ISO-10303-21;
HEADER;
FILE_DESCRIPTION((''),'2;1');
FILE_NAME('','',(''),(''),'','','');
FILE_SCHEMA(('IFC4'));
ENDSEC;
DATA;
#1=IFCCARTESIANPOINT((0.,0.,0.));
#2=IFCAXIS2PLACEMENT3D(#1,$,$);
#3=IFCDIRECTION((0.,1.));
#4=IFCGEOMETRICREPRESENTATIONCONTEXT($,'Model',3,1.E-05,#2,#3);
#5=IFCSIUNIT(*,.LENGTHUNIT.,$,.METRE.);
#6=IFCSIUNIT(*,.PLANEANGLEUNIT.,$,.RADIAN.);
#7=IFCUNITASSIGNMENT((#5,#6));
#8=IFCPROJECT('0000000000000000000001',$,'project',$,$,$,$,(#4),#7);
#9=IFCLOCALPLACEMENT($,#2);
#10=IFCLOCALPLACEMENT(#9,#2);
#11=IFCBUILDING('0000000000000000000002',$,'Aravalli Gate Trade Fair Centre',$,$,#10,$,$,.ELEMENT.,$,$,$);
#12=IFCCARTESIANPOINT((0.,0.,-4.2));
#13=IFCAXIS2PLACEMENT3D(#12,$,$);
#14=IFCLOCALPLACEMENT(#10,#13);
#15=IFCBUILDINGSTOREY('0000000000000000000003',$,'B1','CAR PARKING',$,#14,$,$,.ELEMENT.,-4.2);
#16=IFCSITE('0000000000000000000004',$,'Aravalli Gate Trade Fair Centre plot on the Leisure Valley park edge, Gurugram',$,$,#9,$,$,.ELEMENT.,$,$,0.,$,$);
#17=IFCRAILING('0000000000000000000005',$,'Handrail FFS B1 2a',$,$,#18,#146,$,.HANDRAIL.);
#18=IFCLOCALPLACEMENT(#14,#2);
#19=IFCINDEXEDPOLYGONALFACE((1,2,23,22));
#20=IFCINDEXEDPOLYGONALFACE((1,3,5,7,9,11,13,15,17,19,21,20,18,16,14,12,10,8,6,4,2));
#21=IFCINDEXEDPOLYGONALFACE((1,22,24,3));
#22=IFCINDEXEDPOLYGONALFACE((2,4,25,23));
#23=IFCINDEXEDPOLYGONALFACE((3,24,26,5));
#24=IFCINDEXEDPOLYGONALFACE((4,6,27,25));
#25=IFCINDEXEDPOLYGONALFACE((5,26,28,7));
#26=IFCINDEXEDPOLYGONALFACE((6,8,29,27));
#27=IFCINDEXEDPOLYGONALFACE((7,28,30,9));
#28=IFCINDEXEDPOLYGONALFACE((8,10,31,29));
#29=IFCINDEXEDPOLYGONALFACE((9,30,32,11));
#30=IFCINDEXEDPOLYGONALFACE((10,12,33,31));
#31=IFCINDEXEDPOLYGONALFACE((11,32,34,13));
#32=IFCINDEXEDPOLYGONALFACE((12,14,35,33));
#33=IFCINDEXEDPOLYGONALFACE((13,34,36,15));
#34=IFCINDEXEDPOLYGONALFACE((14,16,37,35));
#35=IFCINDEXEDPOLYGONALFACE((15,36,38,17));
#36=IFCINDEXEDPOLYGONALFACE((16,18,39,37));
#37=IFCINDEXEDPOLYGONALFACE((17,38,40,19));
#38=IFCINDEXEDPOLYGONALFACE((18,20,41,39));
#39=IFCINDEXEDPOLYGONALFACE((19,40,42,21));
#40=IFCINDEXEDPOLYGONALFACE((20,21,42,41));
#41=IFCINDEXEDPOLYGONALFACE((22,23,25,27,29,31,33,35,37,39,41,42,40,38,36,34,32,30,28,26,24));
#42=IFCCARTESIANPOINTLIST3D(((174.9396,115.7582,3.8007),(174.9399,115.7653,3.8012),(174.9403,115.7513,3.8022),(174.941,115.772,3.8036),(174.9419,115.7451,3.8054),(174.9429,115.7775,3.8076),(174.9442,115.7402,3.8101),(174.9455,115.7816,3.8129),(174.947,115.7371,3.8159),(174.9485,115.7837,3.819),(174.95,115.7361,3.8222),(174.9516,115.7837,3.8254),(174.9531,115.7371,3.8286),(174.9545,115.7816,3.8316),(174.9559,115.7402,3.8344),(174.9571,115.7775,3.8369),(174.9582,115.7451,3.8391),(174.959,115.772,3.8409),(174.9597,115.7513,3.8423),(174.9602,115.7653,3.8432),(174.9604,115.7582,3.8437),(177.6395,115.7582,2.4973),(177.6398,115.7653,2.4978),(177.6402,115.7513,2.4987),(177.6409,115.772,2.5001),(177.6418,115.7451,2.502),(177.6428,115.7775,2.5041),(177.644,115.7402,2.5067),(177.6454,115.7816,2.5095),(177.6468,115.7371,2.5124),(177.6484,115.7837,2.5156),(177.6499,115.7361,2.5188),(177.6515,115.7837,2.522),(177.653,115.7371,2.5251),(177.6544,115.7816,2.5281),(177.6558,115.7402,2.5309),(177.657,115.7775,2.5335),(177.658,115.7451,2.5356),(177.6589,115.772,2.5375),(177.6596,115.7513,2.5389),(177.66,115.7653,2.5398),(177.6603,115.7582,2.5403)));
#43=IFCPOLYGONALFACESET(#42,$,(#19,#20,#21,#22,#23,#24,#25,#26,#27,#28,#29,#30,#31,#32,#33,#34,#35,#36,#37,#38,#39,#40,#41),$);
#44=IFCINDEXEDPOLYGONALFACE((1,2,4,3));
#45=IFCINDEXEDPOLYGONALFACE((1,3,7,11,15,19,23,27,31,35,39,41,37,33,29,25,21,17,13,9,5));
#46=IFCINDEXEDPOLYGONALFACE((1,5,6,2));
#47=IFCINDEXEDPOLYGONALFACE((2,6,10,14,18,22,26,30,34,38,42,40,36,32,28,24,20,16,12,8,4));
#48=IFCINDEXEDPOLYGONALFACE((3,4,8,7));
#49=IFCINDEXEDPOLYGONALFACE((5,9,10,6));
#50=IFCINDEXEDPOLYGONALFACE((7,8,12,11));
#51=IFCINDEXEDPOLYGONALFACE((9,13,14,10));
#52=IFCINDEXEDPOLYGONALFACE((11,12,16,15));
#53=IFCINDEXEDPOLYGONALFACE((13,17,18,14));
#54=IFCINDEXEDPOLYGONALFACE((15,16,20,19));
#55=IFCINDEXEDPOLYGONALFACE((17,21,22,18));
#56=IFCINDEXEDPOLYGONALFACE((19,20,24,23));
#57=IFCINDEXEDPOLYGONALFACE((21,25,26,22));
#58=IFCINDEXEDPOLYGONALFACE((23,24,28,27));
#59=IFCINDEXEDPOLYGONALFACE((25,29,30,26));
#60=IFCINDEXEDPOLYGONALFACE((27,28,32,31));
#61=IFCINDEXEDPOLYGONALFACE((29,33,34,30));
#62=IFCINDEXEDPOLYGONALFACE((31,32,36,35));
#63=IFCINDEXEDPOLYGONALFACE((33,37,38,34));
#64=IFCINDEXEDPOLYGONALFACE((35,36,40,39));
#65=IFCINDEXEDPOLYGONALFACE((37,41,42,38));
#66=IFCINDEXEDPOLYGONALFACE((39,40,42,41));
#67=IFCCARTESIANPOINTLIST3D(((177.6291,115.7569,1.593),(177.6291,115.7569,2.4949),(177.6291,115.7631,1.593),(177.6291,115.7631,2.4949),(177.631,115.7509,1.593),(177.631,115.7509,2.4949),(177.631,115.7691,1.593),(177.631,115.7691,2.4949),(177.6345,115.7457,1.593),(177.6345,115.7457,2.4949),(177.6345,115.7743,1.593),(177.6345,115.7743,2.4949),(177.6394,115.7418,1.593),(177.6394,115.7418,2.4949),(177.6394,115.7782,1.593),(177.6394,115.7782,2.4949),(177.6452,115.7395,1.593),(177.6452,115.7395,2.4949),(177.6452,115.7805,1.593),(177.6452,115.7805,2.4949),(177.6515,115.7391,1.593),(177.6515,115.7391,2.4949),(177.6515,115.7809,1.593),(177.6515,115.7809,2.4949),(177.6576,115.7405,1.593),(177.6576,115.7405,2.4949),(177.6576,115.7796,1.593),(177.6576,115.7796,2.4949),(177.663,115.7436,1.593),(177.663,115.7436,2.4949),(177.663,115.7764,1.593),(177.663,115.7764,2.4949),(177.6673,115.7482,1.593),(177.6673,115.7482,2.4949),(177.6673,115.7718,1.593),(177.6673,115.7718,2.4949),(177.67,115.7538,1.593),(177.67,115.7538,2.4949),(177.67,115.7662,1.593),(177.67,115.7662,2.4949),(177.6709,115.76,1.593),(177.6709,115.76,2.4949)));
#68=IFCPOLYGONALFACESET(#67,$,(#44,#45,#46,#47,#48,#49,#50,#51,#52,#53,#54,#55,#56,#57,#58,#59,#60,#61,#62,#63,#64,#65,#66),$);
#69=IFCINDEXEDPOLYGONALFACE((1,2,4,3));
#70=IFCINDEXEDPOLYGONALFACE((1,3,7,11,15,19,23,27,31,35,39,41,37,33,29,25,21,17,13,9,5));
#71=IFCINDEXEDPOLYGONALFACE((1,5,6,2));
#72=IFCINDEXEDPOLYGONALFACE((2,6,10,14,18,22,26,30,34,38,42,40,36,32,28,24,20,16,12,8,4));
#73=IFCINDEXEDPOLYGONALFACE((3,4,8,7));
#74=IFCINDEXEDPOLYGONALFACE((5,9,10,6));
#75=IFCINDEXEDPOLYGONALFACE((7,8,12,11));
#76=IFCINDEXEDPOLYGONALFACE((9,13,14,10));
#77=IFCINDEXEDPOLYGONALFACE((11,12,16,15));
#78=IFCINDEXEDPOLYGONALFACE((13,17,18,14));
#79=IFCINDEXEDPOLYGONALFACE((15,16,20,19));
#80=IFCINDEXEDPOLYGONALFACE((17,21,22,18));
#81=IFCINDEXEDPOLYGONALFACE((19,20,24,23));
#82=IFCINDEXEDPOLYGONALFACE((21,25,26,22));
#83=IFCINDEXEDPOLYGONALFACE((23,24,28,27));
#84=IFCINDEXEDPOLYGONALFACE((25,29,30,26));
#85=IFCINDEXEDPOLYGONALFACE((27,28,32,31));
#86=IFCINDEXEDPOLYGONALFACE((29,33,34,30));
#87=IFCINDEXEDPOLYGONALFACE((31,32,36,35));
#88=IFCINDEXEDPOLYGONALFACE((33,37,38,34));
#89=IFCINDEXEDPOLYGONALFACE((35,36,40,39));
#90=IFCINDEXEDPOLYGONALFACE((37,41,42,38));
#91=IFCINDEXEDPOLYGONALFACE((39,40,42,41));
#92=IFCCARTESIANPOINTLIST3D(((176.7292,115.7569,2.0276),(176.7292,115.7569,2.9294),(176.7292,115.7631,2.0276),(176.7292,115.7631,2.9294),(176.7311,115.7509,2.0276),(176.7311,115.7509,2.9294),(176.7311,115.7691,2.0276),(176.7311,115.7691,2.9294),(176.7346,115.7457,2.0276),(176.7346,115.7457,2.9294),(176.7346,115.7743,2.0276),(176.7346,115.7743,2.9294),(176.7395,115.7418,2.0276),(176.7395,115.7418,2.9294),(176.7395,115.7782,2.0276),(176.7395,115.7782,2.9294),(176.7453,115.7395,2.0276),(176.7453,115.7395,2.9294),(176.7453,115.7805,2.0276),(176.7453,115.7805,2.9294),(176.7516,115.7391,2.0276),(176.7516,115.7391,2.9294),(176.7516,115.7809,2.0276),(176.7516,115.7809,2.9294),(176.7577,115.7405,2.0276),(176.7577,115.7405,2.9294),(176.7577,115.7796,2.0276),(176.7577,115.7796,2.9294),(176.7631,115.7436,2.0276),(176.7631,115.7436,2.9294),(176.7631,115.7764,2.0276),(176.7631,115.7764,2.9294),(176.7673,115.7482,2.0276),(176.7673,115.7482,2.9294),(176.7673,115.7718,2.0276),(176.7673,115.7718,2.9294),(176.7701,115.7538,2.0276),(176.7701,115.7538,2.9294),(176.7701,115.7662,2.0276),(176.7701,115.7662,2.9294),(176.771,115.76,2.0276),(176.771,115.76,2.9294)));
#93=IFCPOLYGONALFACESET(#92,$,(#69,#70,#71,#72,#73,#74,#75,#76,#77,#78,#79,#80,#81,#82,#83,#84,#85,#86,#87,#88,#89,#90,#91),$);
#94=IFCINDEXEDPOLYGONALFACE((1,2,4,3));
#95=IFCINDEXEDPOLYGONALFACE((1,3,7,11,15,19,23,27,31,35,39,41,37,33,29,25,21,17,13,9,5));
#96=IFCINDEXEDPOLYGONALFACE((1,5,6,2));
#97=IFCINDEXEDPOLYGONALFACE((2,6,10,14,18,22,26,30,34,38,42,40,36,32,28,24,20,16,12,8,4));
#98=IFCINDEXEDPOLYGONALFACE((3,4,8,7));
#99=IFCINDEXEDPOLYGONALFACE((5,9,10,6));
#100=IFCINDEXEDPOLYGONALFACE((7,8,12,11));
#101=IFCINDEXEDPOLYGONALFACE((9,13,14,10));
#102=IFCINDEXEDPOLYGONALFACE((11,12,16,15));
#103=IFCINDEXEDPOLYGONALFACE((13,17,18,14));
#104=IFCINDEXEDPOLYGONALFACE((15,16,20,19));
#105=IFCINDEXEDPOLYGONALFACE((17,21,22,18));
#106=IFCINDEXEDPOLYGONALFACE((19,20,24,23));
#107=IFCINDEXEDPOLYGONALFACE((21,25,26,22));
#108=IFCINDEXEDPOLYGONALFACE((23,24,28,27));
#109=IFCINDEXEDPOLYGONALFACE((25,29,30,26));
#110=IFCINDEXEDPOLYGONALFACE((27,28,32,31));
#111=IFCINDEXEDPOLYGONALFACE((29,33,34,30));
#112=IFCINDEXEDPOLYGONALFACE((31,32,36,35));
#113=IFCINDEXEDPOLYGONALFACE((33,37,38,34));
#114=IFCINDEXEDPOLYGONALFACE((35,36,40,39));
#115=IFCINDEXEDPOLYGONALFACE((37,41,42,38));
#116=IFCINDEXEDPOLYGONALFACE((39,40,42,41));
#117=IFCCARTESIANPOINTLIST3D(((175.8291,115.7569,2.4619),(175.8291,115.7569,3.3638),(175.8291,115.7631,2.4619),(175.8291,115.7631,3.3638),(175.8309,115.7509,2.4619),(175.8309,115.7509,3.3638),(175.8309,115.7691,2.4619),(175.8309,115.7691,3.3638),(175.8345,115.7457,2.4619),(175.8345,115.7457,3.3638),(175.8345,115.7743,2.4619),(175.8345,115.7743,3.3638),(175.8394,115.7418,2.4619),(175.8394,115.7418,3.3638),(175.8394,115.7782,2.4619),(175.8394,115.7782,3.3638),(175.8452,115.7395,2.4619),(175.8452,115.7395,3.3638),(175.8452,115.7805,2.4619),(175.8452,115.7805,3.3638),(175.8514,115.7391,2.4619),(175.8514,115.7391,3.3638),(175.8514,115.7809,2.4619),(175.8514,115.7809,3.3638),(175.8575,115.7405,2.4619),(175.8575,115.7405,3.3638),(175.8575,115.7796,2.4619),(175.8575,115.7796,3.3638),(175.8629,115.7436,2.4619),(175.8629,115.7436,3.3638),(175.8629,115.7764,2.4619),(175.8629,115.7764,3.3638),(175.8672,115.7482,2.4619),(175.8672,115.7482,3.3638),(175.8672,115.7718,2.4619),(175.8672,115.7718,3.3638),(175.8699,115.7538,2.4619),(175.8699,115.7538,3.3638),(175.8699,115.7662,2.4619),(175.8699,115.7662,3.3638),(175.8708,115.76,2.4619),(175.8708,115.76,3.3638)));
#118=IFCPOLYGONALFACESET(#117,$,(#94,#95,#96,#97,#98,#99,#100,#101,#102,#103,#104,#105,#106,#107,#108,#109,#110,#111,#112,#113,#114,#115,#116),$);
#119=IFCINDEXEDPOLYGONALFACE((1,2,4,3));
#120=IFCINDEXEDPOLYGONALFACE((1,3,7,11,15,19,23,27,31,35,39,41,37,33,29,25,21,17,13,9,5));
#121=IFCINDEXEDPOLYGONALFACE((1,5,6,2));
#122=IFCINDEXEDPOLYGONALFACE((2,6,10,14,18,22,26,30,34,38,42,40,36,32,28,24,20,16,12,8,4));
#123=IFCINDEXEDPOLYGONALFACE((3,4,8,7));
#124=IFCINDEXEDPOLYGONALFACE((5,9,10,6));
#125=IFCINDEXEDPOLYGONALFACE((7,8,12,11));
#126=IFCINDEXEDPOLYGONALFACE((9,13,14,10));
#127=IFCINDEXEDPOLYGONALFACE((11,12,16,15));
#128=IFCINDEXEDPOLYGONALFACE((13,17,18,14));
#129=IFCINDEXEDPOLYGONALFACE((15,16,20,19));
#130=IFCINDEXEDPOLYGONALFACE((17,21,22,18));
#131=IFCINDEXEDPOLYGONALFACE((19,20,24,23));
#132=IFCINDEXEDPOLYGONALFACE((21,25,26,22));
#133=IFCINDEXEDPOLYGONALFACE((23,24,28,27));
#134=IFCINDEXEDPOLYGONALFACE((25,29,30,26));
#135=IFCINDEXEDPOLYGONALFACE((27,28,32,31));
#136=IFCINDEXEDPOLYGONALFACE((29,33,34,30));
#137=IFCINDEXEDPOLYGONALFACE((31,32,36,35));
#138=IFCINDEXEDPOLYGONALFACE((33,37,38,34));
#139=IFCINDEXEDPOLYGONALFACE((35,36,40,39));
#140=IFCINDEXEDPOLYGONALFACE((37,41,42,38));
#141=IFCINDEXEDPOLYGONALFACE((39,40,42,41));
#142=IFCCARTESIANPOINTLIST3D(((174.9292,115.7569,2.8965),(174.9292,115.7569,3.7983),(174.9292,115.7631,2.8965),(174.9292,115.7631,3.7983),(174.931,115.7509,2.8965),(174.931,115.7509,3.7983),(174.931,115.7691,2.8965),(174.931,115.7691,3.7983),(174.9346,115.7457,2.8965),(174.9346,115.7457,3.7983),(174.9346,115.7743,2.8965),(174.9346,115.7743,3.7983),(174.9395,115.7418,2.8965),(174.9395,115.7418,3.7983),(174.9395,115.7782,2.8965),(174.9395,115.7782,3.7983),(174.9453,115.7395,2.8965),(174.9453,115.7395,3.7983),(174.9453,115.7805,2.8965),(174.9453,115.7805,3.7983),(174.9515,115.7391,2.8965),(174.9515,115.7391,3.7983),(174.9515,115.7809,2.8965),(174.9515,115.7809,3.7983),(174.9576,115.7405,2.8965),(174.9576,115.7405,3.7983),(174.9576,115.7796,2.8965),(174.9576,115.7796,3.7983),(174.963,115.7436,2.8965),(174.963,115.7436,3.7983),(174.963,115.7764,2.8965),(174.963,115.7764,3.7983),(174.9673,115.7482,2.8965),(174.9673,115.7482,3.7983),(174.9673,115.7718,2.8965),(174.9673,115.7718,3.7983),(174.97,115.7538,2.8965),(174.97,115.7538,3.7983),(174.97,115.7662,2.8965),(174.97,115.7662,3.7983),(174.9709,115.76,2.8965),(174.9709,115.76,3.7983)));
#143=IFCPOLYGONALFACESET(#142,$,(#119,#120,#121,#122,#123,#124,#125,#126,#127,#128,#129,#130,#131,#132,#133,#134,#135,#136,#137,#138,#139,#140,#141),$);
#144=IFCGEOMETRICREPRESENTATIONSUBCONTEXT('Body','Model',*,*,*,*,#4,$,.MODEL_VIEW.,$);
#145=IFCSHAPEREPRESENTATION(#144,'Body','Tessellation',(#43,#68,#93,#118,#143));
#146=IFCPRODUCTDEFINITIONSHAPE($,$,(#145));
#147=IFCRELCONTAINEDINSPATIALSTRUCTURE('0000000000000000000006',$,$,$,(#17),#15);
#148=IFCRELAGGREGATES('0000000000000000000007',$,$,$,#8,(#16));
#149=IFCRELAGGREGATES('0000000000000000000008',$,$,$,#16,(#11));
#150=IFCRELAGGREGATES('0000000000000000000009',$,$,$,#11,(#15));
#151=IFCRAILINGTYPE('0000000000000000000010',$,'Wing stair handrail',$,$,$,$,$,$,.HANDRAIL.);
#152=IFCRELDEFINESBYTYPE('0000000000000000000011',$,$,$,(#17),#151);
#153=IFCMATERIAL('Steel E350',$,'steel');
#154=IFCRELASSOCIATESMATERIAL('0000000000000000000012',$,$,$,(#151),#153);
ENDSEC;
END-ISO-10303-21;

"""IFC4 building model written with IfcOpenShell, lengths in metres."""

from ifc_helpers import new_model, si_unit, direction, frame, origin, origin_2d, place, context, subcontext, project, spatial, circle, extrude, material, type_object, element, save


model = new_model("IFC4")

# Units and contexts
model_context = context("Model", 3, precision=1e-05, world=origin(), true_north=direction((0.0, 1.0)))
body_context = subcontext(model_context, "Body", "Model", "MODEL_VIEW")
ifc_project = project(units=[si_unit("LENGTHUNIT", "METRE"), si_unit("PLANEANGLEUNIT", "RADIAN")], contexts=[model_context])

# Site, building, storey
site_placement = place(None, origin())
site = spatial("IfcSite", under=ifc_project, at=site_placement, Name="Aravalli Gate Trade Fair Centre plot on the Leisure Valley park edge, Gurugram", CompositionType="ELEMENT", RefElevation=0.0)
building_placement = place(site_placement, origin())
building = spatial("IfcBuilding", under=site, at=building_placement, Name="Aravalli Gate Trade Fair Centre", CompositionType="ELEMENT")
storey_placement = place(building_placement, frame((0.0, 0.0, -4.2)))
storey = spatial("IfcBuildingStorey", under=building, at=storey_placement, Name="B1", Description="CAR PARKING", CompositionType="ELEMENT", Elevation=-4.2)

# Railing
ifc_material_1 = material(Name="Steel E350", Category="steel")
railing_type_1 = type_object("IfcRailingType", Name="Wing stair handrail", PredefinedType="HANDRAIL", material=ifc_material_1)
for number, where, name in (
    (1, (177.6499, 115.76, 1.593), "Handrail FFS B1 2a"),
):
    element("IfcRailing", number, at=place(storey_placement, frame(where)), inside=storey, type_object=railing_type_1, Name=name, PredefinedType="HANDRAIL", context=body_context, shape_type="SweptSolid", body=[
        extrude(circle(Radius=0.0239, at=origin_2d()), frame((0.0, 0.0, 0.9258), z_axis=(-0.900546, 0.0, 0.43476), x_axis=(0.0, -1.0, 0.0)), (0.0, 0.0, 1.0), 2.998),
        extrude(circle(Radius=0.021, at=origin_2d()), origin(), (0.0, 0.0, 1.0), 0.9019),
        extrude(circle(Radius=0.021, at=origin_2d()), frame((-0.8999, 0.0, 0.4346)), (0.0, 0.0, 1.0), 0.9019),
        extrude(circle(Radius=0.021, at=origin_2d()), frame((-1.8, 0.0, 0.8689)), (0.0, 0.0, 1.0), 0.9019),
        extrude(circle(Radius=0.021, at=origin_2d()), frame((-2.7, 0.0, 1.3035)), (0.0, 0.0, 1.0), 0.9019),
    ])

save(model, "model.ifc")
